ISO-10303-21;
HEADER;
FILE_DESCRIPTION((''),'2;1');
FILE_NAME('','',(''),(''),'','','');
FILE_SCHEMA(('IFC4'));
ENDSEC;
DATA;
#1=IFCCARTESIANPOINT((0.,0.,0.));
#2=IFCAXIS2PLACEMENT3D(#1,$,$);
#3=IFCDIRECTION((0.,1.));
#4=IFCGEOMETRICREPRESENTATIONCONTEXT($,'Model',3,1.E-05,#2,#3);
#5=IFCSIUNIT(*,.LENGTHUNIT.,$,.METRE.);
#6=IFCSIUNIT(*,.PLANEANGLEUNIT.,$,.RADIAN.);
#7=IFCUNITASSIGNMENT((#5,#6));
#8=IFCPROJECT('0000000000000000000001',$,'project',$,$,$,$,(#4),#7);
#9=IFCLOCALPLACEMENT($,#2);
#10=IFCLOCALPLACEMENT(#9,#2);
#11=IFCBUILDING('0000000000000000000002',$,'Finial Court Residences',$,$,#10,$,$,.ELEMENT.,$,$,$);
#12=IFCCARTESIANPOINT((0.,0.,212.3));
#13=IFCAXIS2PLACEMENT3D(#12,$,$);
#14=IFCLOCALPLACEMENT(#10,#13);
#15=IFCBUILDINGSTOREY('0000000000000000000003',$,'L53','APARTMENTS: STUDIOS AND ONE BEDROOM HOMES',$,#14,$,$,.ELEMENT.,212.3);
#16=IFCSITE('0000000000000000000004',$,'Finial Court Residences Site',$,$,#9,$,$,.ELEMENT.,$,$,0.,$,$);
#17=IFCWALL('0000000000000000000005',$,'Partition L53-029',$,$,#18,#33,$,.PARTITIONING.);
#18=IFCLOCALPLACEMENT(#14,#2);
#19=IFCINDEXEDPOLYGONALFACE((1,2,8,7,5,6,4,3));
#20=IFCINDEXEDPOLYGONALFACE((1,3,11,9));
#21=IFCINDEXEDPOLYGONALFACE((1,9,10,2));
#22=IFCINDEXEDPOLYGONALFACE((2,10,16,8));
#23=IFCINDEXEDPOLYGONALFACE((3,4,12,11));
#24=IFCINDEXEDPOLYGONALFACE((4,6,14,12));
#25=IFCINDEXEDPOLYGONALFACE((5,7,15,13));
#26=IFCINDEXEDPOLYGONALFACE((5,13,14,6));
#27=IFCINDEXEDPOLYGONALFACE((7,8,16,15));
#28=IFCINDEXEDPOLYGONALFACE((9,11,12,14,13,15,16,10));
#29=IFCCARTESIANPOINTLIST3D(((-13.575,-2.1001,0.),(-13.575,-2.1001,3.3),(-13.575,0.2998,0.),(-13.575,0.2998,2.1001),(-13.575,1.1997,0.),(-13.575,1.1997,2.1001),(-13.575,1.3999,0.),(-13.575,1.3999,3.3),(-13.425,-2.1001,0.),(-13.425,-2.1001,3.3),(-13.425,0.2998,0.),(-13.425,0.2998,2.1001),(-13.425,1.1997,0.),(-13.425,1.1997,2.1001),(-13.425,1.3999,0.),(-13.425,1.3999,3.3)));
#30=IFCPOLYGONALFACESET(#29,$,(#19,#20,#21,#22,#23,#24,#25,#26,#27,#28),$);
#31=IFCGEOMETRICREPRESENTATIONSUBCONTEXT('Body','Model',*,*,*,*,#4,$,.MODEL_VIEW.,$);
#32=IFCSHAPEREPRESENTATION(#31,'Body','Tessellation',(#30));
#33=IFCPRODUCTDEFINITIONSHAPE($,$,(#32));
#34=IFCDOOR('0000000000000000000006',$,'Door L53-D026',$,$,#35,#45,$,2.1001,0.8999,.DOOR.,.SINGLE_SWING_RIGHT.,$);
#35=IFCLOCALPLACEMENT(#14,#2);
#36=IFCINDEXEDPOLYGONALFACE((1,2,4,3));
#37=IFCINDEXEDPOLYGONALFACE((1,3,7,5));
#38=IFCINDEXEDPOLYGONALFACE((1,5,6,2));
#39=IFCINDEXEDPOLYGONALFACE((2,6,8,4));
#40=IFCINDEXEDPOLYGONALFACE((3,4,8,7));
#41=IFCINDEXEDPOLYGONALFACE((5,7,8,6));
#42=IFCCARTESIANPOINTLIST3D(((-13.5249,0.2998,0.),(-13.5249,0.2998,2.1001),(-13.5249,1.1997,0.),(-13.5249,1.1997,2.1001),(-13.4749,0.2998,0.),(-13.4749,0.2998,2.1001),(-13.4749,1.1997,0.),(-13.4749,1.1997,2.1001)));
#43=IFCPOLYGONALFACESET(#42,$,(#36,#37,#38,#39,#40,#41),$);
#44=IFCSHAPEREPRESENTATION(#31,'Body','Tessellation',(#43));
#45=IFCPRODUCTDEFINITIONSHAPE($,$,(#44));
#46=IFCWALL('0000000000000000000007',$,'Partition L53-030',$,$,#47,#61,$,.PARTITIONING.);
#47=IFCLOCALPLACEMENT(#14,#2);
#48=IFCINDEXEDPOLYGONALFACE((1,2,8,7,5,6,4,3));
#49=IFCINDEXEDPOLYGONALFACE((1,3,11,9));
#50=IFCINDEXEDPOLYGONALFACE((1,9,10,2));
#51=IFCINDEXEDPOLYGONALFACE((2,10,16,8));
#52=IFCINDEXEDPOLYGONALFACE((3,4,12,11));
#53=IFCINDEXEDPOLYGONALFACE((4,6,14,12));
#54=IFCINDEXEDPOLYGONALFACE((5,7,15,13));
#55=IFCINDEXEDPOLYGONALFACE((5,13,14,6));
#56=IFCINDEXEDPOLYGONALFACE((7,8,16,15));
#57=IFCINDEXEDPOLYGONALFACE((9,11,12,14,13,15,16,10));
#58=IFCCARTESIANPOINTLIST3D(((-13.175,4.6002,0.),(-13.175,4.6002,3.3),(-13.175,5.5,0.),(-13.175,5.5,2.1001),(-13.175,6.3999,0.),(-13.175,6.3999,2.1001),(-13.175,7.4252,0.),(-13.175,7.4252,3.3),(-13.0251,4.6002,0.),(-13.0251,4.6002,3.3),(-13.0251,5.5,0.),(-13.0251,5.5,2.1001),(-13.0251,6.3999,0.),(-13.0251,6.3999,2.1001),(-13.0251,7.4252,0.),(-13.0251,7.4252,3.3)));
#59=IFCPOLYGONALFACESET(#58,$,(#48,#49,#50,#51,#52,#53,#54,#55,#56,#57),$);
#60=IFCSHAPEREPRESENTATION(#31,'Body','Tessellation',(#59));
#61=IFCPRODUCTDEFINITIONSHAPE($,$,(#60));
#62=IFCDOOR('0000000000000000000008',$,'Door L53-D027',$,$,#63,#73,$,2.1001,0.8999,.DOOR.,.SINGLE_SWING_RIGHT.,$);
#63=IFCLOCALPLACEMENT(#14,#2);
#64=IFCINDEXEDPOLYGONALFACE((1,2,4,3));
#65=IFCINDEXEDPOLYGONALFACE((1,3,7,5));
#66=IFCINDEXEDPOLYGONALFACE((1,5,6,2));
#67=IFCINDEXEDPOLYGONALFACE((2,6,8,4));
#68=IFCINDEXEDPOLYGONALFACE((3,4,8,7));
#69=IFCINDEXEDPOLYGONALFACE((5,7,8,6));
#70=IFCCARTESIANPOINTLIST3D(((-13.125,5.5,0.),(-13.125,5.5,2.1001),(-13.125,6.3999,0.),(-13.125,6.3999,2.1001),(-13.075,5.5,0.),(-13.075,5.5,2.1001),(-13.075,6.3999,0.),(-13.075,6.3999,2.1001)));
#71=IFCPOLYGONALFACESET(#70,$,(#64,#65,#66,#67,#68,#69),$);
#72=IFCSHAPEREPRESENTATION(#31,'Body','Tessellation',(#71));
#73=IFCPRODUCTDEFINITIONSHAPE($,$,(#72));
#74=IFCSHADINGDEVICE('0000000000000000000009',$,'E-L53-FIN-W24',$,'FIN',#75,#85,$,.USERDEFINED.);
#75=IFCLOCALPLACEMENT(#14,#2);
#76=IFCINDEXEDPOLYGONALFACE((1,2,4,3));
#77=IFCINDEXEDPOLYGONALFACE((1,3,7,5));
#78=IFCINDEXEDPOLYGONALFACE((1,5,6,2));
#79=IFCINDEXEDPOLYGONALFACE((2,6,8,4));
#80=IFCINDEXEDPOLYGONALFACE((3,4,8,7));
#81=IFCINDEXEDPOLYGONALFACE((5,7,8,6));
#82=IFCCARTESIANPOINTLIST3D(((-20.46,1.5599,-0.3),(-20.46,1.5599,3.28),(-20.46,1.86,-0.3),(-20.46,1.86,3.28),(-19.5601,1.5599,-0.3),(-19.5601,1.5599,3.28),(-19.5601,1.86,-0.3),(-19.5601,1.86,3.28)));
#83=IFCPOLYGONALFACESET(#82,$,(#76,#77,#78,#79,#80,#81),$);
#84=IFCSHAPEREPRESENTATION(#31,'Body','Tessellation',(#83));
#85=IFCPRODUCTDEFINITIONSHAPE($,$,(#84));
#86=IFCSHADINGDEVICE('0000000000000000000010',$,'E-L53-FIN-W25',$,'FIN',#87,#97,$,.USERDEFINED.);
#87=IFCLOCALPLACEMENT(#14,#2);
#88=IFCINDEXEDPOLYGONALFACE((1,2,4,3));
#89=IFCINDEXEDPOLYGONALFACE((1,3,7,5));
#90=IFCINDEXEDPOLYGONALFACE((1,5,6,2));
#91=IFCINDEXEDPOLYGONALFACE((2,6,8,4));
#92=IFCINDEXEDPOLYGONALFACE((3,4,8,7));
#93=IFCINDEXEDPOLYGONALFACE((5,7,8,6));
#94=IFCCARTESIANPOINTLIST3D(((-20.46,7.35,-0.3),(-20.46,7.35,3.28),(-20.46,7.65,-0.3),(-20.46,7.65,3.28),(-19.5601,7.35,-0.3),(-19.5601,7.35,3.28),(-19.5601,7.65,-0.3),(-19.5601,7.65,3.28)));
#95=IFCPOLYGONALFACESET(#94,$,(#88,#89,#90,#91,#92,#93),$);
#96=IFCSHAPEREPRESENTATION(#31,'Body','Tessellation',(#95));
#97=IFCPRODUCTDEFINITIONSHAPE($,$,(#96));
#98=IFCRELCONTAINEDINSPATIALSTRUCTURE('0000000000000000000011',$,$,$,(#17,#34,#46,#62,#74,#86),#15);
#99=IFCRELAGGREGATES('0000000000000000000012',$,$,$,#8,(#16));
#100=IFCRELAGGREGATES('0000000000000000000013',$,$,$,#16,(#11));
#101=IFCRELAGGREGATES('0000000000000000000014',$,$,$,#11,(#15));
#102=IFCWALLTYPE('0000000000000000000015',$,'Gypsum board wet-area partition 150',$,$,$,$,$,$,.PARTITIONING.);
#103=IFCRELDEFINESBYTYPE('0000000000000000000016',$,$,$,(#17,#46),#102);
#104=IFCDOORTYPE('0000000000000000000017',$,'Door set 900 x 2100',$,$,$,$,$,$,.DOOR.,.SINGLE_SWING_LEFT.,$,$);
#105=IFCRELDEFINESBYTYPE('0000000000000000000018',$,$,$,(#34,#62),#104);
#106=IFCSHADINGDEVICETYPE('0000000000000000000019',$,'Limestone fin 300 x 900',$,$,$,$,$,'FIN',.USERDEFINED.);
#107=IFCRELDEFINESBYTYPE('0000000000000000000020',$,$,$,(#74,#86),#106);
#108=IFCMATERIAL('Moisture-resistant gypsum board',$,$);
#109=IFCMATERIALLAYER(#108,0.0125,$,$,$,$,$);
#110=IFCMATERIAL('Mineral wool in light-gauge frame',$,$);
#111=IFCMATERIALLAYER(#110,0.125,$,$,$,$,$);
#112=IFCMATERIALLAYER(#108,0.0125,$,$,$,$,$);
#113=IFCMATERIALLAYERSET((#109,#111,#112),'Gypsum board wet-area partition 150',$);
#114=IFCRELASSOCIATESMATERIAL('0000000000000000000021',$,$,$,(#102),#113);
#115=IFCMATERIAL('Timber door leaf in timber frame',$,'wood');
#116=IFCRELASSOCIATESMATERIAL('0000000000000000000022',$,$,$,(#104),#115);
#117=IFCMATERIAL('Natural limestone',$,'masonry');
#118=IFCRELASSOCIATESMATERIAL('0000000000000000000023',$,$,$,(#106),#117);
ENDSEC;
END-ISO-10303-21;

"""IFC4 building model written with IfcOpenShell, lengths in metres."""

from ifc_helpers import new_model, si_unit, direction, frame, frame_2d, origin, origin_2d, place, context, subcontext, project, spatial, rectangle, extrude, material, layer, layer_set, type_object, element, fill, save


model = new_model("IFC4")

# Units and contexts
model_context = context("Model", 3, precision=1e-05, world=origin(), true_north=direction((0.0, 1.0)))
body_context = subcontext(model_context, "Body", "Model", "MODEL_VIEW")
ifc_project = project(units=[si_unit("LENGTHUNIT", "METRE"), si_unit("PLANEANGLEUNIT", "RADIAN")], contexts=[model_context])

# Site, building, storey
site_placement = place(None, origin())
site = spatial("IfcSite", under=ifc_project, at=site_placement, Name="Finial Court Residences Site", CompositionType="ELEMENT", RefElevation=0.0)
building_placement = place(site_placement, origin())
building = spatial("IfcBuilding", under=site, at=building_placement, Name="Finial Court Residences", CompositionType="ELEMENT")
storey_placement = place(building_placement, frame((0.0, 0.0, 212.3)))
storey = spatial("IfcBuildingStorey", under=building, at=storey_placement, Name="L53", Description="APARTMENTS: STUDIOS AND ONE BEDROOM HOMES", CompositionType="ELEMENT", Elevation=212.3)

# Shared definitions
ifc_material_1 = material(Name="Moisture-resistant gypsum board")
ifc_layer_1 = layer(ifc_material_1, 0.0125)
ifc_material_2 = material(Name="Mineral wool in light-gauge frame")
ifc_layer_2 = layer(ifc_material_2, 0.125)
ifc_layer_3 = layer(ifc_material_1, 0.0125)
ifc_layer_set_1 = layer_set([ifc_layer_1, ifc_layer_2, ifc_layer_3], Name="Gypsum board wet-area partition 150")
wall_type_1 = type_object("IfcWallType", Name="Gypsum board wet-area partition 150", PredefinedType="PARTITIONING", material=ifc_layer_set_1)
ifc_material_3 = material(Name="Timber door leaf in timber frame", Category="wood")
door_type_1 = type_object("IfcDoorType", Name="Door set 900 x 2100", OperationType="SINGLE_SWING_LEFT", PredefinedType="DOOR", material=ifc_material_3)

# Walls, openings, doors
wall_1_placement = place(storey_placement, frame((-13.5, -2.1001, 0.0), z_axis=(0.0, 0.0, 1.0), x_axis=(0.0, 1.0, 0.0)))
wall_1 = element("IfcWall", 1, at=wall_1_placement, inside=storey, type_object=wall_type_1, Name="Partition L53-029", PredefinedType="PARTITIONING", context=body_context, shape_type="SweptSolid", body=[
    extrude(rectangle(XDim=3.5, YDim=0.1499, at=frame_2d((1.75, 0.0))), origin(), (0.0, 0.0, 1.0), 3.3),
])
opening_1_placement = place(wall_1_placement, frame((2.3999, 0.0, 0.0)))
opening_1 = element("IfcOpeningElement", 2, at=opening_1_placement, cuts=wall_1, PredefinedType="OPENING", context=body_context, shape_type="SweptSolid", body=[
    extrude(rectangle(XDim=0.8999, YDim=2.1001, at=frame_2d((0.45, 1.05))), frame((0.0, 0.085, 0.0), z_axis=(0.0, -1.0, 0.0), x_axis=(1.0, 0.0, 0.0)), (0.0, 0.0, 1.0), 0.1699),
])
door_1_placement = place(opening_1_placement, origin())
door_1 = element("IfcDoor", 3, at=door_1_placement, inside=storey, type_object=door_type_1, Name="Door L53-D026", OperationType="SINGLE_SWING_RIGHT", OverallHeight=2.1001, OverallWidth=0.8999, PredefinedType="DOOR", context=body_context, shape_type="SweptSolid", body=[
    extrude(rectangle(XDim=0.8999, YDim=2.1001, at=frame_2d((0.45, 1.05))), frame((0.0, 0.0249, 0.0), z_axis=(0.0, -1.0, 0.0), x_axis=(1.0, 0.0, 0.0)), (0.0, 0.0, 1.0), 0.05),
])
fill(opening_1, door_1)
wall_2_placement = place(storey_placement, frame((-13.1001, 4.6001, 0.0), z_axis=(0.0, 0.0, 1.0), x_axis=(0.0, 1.0, 0.0)))
wall_2 = element("IfcWall", 4, at=wall_2_placement, inside=storey, type_object=wall_type_1, Name="Partition L53-030", PredefinedType="PARTITIONING", context=body_context, shape_type="SweptSolid", body=[
    extrude(rectangle(XDim=2.825, YDim=0.1499, at=frame_2d((1.4126, 0.0))), origin(), (0.0, 0.0, 1.0), 3.3),
])
opening_2_placement = place(wall_2_placement, frame((0.8999, 0.0, 0.0)))
opening_2 = element("IfcOpeningElement", 5, at=opening_2_placement, cuts=wall_2, PredefinedType="OPENING", context=body_context, shape_type="SweptSolid", body=[
    extrude(rectangle(XDim=0.8999, YDim=2.1001, at=frame_2d((0.45, 1.05))), frame((0.0, 0.085, 0.0), z_axis=(0.0, -1.0, 0.0), x_axis=(1.0, 0.0, 0.0)), (0.0, 0.0, 1.0), 0.1699),
])
door_2_placement = place(opening_2_placement, origin())
door_2 = element("IfcDoor", 6, at=door_2_placement, inside=storey, type_object=door_type_1, Name="Door L53-D027", OperationType="SINGLE_SWING_RIGHT", OverallHeight=2.1001, OverallWidth=0.8999, PredefinedType="DOOR", context=body_context, shape_type="SweptSolid", body=[
    extrude(rectangle(XDim=0.8999, YDim=2.1001, at=frame_2d((0.45, 1.05))), frame((0.0, 0.0249, 0.0), z_axis=(0.0, -1.0, 0.0), x_axis=(1.0, 0.0, 0.0)), (0.0, 0.0, 1.0), 0.05),
])
fill(opening_2, door_2)

# Shading devices
ifc_material_4 = material(Name="Natural limestone", Category="masonry")
shading_device_type = type_object("IfcShadingDeviceType", Name="Limestone fin 300 x 900", ElementType="FIN", PredefinedType="USERDEFINED", material=ifc_material_4)
for number, where, z_axis, x_axis, name in (
    (7, (-20.01, 1.71, -0.3), (0.0, 0.0, 1.0), (1.0, 0.0, 0.0), "E-L53-FIN-W24"),
    (8, (-20.01, 7.5, -0.3), (0.0, 0.0, 1.0), (1.0, 0.0, 0.0), "E-L53-FIN-W25"),
):
    element("IfcShadingDevice", number, at=place(storey_placement, frame(where, z_axis=z_axis, x_axis=x_axis)), inside=storey, type_object=shading_device_type, Name=name, ObjectType="FIN", PredefinedType="USERDEFINED", context=body_context, shape_type="SweptSolid", body=[
        extrude(rectangle(XDim=0.8999, YDim=0.3, at=origin_2d()), origin(), (0.0, 0.0, 1.0), 3.5801),
    ])

save(model, "model.ifc")
